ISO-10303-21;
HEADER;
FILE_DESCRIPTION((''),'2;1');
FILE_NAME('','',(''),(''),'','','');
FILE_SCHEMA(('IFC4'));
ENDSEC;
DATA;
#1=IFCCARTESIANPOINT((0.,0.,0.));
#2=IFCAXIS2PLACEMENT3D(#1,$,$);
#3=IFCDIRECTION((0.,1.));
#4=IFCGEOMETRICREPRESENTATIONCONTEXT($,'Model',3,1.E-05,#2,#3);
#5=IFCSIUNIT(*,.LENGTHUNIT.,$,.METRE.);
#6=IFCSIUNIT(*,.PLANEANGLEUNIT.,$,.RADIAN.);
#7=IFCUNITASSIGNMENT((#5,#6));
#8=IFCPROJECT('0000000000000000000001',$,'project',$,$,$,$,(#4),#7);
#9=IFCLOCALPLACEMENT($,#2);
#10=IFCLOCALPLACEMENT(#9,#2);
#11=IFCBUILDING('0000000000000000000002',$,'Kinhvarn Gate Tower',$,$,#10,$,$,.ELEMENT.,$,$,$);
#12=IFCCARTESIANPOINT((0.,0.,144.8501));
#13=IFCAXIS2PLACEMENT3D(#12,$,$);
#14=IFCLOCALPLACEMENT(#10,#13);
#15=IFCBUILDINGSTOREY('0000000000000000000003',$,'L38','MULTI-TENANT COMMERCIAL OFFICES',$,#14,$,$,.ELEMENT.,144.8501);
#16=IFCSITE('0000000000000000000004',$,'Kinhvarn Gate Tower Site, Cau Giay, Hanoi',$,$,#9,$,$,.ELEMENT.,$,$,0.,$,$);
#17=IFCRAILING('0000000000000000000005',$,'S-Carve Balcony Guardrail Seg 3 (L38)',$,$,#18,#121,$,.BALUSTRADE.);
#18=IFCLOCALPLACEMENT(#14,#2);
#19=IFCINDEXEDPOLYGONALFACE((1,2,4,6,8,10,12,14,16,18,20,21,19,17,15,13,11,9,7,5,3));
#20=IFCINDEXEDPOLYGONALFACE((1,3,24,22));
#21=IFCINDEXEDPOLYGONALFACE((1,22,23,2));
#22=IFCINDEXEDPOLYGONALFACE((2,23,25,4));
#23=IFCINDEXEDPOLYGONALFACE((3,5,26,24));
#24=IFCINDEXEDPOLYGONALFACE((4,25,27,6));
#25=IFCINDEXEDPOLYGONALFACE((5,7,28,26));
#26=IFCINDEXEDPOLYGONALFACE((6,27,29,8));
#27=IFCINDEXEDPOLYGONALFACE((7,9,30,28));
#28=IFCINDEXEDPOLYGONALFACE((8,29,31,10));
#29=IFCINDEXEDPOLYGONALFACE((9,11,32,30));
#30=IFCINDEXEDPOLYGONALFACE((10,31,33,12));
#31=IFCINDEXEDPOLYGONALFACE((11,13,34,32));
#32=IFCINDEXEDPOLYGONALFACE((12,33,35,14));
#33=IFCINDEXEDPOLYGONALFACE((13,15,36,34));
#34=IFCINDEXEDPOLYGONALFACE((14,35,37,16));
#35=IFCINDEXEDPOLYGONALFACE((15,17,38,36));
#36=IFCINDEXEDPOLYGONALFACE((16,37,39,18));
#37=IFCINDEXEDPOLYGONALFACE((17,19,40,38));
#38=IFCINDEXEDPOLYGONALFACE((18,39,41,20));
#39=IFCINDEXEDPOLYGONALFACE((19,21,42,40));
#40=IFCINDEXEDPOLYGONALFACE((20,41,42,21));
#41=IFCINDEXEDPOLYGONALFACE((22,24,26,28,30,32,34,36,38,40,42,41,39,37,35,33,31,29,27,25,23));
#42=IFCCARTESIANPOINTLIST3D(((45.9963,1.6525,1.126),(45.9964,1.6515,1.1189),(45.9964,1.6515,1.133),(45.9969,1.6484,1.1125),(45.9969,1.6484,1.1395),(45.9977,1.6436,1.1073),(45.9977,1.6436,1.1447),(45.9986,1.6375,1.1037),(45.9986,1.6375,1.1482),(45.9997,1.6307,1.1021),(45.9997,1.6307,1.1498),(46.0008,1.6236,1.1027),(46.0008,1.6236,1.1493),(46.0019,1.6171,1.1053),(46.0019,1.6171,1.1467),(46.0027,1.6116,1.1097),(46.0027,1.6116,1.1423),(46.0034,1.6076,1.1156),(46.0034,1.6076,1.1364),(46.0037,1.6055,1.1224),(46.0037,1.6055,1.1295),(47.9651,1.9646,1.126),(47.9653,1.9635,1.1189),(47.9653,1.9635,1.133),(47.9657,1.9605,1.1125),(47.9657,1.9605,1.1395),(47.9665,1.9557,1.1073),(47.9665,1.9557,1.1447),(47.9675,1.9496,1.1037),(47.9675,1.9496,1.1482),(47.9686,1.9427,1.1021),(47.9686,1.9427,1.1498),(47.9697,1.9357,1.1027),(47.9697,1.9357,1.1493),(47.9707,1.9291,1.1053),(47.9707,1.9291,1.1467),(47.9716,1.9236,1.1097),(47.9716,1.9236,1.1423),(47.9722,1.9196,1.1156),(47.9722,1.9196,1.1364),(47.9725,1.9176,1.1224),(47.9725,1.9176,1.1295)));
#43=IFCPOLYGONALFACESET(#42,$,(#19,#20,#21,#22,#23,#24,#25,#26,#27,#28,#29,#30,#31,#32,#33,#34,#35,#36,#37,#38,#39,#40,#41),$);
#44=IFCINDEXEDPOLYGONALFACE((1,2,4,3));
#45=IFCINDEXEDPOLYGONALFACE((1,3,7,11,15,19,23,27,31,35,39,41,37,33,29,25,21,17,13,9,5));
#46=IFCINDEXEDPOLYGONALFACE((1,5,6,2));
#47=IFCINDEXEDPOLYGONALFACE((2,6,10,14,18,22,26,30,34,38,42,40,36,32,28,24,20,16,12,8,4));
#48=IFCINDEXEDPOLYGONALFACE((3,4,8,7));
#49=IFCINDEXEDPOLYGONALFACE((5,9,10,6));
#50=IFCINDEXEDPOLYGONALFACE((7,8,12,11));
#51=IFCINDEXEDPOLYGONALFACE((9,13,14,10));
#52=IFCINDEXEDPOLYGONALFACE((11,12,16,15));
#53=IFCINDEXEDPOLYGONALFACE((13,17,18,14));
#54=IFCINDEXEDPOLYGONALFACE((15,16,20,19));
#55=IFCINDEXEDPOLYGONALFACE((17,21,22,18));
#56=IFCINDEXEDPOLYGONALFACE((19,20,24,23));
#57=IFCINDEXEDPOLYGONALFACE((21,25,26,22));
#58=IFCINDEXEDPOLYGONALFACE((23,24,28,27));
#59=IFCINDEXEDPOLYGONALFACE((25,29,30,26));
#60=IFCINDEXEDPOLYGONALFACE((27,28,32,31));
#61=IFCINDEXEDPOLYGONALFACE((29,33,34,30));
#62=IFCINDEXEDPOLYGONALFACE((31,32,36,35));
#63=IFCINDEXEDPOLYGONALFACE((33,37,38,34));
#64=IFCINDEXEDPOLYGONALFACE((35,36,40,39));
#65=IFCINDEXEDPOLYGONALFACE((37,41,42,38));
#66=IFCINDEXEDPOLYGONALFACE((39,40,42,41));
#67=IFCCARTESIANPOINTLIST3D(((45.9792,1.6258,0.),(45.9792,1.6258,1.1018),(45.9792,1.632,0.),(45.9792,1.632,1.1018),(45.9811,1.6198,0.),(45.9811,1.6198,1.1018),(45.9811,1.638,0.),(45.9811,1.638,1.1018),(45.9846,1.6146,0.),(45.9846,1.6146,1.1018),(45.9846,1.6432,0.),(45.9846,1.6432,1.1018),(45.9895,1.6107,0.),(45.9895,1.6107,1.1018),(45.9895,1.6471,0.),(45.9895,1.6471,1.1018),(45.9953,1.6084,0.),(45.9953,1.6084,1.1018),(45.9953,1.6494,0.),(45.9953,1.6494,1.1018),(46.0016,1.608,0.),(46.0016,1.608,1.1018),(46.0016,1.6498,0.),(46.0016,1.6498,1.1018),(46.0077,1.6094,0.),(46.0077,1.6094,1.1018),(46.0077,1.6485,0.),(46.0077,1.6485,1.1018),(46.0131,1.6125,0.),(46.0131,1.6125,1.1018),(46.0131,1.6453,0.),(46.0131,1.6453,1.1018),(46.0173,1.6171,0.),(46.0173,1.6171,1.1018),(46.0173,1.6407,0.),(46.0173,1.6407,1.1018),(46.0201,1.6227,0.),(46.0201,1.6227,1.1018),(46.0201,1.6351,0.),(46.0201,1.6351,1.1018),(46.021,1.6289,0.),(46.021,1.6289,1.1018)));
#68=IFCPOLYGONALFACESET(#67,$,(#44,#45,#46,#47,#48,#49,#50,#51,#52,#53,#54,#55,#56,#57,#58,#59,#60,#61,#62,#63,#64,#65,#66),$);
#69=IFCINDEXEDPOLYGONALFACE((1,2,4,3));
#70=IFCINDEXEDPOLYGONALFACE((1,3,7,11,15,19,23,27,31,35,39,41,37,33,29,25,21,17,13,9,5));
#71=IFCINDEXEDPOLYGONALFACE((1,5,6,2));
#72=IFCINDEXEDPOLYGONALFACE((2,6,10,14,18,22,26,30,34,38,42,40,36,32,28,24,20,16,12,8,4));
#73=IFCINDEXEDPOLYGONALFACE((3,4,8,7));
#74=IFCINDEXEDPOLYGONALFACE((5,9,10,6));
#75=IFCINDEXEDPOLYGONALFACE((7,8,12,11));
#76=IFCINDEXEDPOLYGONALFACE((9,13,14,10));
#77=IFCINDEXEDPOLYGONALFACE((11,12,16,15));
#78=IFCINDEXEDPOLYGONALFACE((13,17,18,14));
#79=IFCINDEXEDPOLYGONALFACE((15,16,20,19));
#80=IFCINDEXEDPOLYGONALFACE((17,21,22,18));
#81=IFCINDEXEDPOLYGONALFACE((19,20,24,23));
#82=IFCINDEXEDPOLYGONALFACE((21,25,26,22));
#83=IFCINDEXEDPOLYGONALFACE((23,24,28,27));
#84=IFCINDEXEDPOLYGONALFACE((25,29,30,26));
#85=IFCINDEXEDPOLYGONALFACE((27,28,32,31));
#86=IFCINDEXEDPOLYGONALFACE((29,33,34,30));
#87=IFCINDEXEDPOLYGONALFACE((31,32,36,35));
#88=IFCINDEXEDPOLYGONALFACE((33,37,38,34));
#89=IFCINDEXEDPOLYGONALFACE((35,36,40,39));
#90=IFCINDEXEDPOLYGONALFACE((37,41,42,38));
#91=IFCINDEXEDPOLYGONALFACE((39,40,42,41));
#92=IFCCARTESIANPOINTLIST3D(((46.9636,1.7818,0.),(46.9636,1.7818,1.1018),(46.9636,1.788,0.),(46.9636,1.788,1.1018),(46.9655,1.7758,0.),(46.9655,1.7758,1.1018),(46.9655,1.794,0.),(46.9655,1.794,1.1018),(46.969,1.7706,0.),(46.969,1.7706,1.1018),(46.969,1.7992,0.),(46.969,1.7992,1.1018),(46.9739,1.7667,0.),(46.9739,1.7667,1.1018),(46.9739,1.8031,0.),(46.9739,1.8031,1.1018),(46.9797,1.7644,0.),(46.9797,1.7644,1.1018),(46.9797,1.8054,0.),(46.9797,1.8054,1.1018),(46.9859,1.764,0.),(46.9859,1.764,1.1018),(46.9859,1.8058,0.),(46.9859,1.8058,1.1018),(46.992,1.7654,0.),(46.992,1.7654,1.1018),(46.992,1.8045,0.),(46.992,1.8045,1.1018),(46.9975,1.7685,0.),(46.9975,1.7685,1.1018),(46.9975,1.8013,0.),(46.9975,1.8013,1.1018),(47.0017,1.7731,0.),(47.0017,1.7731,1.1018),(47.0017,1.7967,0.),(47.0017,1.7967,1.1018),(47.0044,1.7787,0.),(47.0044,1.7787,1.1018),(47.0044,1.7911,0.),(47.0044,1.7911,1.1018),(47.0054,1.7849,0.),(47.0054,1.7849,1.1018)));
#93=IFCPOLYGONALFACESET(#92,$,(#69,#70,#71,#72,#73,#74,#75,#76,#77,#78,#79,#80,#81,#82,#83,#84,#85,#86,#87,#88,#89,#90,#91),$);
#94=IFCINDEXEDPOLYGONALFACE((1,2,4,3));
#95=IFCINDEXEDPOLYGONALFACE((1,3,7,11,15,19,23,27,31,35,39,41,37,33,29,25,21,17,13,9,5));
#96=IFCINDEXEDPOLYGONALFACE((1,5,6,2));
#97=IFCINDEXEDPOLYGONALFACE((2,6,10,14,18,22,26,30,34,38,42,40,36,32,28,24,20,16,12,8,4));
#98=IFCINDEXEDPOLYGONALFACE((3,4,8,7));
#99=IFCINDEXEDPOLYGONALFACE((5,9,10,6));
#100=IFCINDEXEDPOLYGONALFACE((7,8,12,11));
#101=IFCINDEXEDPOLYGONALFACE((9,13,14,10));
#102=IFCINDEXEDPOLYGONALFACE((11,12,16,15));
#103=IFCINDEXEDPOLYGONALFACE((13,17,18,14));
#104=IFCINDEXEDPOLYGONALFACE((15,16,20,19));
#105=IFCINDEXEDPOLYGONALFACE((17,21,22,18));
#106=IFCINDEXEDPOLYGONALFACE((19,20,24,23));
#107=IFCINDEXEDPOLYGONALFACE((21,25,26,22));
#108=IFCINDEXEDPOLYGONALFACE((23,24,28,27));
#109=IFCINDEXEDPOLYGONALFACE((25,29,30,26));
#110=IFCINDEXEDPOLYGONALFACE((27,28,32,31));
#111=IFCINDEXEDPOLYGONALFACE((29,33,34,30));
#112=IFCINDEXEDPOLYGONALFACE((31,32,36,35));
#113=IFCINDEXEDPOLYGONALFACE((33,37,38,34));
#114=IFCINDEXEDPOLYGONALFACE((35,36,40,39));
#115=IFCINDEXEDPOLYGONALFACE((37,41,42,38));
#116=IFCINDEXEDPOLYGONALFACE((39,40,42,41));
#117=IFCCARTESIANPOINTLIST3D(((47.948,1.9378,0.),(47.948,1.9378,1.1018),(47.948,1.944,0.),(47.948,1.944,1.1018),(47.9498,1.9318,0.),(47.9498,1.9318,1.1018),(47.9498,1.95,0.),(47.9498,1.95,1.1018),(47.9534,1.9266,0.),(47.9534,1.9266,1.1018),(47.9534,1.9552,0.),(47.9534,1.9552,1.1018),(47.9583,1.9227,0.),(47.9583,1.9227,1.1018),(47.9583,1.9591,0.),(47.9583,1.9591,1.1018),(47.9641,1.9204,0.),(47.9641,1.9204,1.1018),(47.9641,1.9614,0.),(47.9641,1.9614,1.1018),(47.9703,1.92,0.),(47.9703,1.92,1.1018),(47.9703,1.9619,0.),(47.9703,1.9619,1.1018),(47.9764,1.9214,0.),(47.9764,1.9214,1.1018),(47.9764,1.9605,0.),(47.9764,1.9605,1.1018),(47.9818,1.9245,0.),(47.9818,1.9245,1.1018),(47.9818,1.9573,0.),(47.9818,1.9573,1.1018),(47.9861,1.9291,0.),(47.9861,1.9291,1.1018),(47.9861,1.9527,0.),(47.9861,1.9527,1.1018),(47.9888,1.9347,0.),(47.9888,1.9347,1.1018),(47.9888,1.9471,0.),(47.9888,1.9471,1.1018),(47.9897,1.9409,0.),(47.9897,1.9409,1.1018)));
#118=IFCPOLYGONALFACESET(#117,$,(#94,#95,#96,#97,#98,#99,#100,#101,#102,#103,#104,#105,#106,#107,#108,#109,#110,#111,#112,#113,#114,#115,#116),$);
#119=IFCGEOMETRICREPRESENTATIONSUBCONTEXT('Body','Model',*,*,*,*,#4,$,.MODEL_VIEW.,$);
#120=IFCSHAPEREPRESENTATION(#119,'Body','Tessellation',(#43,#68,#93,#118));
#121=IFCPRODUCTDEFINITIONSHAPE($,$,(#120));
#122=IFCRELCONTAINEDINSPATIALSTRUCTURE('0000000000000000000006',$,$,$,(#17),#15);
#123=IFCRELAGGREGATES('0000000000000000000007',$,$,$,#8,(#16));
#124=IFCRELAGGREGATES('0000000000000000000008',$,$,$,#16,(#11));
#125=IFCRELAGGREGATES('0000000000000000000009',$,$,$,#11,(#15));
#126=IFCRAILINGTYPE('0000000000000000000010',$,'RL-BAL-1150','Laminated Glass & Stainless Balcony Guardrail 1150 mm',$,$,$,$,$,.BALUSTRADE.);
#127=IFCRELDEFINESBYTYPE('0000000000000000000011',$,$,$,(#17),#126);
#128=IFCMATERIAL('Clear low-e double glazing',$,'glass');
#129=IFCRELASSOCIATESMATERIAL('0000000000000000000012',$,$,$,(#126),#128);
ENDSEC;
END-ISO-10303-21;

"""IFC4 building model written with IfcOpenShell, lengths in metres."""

from ifc_helpers import new_model, si_unit, direction, frame, origin, origin_2d, place, context, subcontext, project, spatial, circle, extrude, material, type_object, element, save


model = new_model("IFC4")

# Units and contexts
model_context = context("Model", 3, precision=1e-05, world=origin(), true_north=direction((0.0, 1.0)))
body_context = subcontext(model_context, "Body", "Model", "MODEL_VIEW")
ifc_project = project(units=[si_unit("LENGTHUNIT", "METRE"), si_unit("PLANEANGLEUNIT", "RADIAN")], contexts=[model_context])

# Site, building, storey
site_placement = place(None, origin())
site = spatial("IfcSite", under=ifc_project, at=site_placement, Name="Kinhvarn Gate Tower Site, Cau Giay, Hanoi", CompositionType="ELEMENT", RefElevation=0.0)
building_placement = place(site_placement, origin())
building = spatial("IfcBuilding", under=site, at=building_placement, Name="Kinhvarn Gate Tower", CompositionType="ELEMENT")
storey_placement = place(building_placement, frame((0.0, 0.0, 144.8501)))
storey = spatial("IfcBuildingStorey", under=building, at=storey_placement, Name="L38", Description="MULTI-TENANT COMMERCIAL OFFICES", CompositionType="ELEMENT", Elevation=144.8501)

# Shared definitions
ifc_material_1 = material(Name="Clear low-e double glazing", Category="glass")

# Railing
railing_type = type_object("IfcRailingType", Name="RL-BAL-1150", Description="Laminated Glass & Stainless Balcony Guardrail 1150 mm", PredefinedType="BALUSTRADE", material=ifc_material_1)
railing_1_placement = place(storey_placement, frame((46.0, 1.6289, 0.0)))
element("IfcRailing", 1, at=railing_1_placement, inside=storey, type_object=railing_type, Name="S-Carve Balcony Guardrail Seg 3 (L38)", PredefinedType="BALUSTRADE", context=body_context, shape_type="SweptSolid", body=[
    extrude(circle(Radius=0.0239, at=origin_2d()), frame((0.0, 0.0, 1.126), z_axis=(0.987673, 0.156529, 0.0), x_axis=(-0.156529, 0.987673, 0.0)), (0.0, 0.0, 1.0), 1.9934),
    extrude(circle(Radius=0.021, at=origin_2d()), origin(), (0.0, 0.0, 1.0), 1.1018),
    extrude(circle(Radius=0.021, at=origin_2d()), frame((0.9844, 0.156, 0.0)), (0.0, 0.0, 1.0), 1.1018),
    extrude(circle(Radius=0.021, at=origin_2d()), frame((1.9688, 0.312, 0.0)), (0.0, 0.0, 1.0), 1.1018),
])

save(model, "model.ifc")
